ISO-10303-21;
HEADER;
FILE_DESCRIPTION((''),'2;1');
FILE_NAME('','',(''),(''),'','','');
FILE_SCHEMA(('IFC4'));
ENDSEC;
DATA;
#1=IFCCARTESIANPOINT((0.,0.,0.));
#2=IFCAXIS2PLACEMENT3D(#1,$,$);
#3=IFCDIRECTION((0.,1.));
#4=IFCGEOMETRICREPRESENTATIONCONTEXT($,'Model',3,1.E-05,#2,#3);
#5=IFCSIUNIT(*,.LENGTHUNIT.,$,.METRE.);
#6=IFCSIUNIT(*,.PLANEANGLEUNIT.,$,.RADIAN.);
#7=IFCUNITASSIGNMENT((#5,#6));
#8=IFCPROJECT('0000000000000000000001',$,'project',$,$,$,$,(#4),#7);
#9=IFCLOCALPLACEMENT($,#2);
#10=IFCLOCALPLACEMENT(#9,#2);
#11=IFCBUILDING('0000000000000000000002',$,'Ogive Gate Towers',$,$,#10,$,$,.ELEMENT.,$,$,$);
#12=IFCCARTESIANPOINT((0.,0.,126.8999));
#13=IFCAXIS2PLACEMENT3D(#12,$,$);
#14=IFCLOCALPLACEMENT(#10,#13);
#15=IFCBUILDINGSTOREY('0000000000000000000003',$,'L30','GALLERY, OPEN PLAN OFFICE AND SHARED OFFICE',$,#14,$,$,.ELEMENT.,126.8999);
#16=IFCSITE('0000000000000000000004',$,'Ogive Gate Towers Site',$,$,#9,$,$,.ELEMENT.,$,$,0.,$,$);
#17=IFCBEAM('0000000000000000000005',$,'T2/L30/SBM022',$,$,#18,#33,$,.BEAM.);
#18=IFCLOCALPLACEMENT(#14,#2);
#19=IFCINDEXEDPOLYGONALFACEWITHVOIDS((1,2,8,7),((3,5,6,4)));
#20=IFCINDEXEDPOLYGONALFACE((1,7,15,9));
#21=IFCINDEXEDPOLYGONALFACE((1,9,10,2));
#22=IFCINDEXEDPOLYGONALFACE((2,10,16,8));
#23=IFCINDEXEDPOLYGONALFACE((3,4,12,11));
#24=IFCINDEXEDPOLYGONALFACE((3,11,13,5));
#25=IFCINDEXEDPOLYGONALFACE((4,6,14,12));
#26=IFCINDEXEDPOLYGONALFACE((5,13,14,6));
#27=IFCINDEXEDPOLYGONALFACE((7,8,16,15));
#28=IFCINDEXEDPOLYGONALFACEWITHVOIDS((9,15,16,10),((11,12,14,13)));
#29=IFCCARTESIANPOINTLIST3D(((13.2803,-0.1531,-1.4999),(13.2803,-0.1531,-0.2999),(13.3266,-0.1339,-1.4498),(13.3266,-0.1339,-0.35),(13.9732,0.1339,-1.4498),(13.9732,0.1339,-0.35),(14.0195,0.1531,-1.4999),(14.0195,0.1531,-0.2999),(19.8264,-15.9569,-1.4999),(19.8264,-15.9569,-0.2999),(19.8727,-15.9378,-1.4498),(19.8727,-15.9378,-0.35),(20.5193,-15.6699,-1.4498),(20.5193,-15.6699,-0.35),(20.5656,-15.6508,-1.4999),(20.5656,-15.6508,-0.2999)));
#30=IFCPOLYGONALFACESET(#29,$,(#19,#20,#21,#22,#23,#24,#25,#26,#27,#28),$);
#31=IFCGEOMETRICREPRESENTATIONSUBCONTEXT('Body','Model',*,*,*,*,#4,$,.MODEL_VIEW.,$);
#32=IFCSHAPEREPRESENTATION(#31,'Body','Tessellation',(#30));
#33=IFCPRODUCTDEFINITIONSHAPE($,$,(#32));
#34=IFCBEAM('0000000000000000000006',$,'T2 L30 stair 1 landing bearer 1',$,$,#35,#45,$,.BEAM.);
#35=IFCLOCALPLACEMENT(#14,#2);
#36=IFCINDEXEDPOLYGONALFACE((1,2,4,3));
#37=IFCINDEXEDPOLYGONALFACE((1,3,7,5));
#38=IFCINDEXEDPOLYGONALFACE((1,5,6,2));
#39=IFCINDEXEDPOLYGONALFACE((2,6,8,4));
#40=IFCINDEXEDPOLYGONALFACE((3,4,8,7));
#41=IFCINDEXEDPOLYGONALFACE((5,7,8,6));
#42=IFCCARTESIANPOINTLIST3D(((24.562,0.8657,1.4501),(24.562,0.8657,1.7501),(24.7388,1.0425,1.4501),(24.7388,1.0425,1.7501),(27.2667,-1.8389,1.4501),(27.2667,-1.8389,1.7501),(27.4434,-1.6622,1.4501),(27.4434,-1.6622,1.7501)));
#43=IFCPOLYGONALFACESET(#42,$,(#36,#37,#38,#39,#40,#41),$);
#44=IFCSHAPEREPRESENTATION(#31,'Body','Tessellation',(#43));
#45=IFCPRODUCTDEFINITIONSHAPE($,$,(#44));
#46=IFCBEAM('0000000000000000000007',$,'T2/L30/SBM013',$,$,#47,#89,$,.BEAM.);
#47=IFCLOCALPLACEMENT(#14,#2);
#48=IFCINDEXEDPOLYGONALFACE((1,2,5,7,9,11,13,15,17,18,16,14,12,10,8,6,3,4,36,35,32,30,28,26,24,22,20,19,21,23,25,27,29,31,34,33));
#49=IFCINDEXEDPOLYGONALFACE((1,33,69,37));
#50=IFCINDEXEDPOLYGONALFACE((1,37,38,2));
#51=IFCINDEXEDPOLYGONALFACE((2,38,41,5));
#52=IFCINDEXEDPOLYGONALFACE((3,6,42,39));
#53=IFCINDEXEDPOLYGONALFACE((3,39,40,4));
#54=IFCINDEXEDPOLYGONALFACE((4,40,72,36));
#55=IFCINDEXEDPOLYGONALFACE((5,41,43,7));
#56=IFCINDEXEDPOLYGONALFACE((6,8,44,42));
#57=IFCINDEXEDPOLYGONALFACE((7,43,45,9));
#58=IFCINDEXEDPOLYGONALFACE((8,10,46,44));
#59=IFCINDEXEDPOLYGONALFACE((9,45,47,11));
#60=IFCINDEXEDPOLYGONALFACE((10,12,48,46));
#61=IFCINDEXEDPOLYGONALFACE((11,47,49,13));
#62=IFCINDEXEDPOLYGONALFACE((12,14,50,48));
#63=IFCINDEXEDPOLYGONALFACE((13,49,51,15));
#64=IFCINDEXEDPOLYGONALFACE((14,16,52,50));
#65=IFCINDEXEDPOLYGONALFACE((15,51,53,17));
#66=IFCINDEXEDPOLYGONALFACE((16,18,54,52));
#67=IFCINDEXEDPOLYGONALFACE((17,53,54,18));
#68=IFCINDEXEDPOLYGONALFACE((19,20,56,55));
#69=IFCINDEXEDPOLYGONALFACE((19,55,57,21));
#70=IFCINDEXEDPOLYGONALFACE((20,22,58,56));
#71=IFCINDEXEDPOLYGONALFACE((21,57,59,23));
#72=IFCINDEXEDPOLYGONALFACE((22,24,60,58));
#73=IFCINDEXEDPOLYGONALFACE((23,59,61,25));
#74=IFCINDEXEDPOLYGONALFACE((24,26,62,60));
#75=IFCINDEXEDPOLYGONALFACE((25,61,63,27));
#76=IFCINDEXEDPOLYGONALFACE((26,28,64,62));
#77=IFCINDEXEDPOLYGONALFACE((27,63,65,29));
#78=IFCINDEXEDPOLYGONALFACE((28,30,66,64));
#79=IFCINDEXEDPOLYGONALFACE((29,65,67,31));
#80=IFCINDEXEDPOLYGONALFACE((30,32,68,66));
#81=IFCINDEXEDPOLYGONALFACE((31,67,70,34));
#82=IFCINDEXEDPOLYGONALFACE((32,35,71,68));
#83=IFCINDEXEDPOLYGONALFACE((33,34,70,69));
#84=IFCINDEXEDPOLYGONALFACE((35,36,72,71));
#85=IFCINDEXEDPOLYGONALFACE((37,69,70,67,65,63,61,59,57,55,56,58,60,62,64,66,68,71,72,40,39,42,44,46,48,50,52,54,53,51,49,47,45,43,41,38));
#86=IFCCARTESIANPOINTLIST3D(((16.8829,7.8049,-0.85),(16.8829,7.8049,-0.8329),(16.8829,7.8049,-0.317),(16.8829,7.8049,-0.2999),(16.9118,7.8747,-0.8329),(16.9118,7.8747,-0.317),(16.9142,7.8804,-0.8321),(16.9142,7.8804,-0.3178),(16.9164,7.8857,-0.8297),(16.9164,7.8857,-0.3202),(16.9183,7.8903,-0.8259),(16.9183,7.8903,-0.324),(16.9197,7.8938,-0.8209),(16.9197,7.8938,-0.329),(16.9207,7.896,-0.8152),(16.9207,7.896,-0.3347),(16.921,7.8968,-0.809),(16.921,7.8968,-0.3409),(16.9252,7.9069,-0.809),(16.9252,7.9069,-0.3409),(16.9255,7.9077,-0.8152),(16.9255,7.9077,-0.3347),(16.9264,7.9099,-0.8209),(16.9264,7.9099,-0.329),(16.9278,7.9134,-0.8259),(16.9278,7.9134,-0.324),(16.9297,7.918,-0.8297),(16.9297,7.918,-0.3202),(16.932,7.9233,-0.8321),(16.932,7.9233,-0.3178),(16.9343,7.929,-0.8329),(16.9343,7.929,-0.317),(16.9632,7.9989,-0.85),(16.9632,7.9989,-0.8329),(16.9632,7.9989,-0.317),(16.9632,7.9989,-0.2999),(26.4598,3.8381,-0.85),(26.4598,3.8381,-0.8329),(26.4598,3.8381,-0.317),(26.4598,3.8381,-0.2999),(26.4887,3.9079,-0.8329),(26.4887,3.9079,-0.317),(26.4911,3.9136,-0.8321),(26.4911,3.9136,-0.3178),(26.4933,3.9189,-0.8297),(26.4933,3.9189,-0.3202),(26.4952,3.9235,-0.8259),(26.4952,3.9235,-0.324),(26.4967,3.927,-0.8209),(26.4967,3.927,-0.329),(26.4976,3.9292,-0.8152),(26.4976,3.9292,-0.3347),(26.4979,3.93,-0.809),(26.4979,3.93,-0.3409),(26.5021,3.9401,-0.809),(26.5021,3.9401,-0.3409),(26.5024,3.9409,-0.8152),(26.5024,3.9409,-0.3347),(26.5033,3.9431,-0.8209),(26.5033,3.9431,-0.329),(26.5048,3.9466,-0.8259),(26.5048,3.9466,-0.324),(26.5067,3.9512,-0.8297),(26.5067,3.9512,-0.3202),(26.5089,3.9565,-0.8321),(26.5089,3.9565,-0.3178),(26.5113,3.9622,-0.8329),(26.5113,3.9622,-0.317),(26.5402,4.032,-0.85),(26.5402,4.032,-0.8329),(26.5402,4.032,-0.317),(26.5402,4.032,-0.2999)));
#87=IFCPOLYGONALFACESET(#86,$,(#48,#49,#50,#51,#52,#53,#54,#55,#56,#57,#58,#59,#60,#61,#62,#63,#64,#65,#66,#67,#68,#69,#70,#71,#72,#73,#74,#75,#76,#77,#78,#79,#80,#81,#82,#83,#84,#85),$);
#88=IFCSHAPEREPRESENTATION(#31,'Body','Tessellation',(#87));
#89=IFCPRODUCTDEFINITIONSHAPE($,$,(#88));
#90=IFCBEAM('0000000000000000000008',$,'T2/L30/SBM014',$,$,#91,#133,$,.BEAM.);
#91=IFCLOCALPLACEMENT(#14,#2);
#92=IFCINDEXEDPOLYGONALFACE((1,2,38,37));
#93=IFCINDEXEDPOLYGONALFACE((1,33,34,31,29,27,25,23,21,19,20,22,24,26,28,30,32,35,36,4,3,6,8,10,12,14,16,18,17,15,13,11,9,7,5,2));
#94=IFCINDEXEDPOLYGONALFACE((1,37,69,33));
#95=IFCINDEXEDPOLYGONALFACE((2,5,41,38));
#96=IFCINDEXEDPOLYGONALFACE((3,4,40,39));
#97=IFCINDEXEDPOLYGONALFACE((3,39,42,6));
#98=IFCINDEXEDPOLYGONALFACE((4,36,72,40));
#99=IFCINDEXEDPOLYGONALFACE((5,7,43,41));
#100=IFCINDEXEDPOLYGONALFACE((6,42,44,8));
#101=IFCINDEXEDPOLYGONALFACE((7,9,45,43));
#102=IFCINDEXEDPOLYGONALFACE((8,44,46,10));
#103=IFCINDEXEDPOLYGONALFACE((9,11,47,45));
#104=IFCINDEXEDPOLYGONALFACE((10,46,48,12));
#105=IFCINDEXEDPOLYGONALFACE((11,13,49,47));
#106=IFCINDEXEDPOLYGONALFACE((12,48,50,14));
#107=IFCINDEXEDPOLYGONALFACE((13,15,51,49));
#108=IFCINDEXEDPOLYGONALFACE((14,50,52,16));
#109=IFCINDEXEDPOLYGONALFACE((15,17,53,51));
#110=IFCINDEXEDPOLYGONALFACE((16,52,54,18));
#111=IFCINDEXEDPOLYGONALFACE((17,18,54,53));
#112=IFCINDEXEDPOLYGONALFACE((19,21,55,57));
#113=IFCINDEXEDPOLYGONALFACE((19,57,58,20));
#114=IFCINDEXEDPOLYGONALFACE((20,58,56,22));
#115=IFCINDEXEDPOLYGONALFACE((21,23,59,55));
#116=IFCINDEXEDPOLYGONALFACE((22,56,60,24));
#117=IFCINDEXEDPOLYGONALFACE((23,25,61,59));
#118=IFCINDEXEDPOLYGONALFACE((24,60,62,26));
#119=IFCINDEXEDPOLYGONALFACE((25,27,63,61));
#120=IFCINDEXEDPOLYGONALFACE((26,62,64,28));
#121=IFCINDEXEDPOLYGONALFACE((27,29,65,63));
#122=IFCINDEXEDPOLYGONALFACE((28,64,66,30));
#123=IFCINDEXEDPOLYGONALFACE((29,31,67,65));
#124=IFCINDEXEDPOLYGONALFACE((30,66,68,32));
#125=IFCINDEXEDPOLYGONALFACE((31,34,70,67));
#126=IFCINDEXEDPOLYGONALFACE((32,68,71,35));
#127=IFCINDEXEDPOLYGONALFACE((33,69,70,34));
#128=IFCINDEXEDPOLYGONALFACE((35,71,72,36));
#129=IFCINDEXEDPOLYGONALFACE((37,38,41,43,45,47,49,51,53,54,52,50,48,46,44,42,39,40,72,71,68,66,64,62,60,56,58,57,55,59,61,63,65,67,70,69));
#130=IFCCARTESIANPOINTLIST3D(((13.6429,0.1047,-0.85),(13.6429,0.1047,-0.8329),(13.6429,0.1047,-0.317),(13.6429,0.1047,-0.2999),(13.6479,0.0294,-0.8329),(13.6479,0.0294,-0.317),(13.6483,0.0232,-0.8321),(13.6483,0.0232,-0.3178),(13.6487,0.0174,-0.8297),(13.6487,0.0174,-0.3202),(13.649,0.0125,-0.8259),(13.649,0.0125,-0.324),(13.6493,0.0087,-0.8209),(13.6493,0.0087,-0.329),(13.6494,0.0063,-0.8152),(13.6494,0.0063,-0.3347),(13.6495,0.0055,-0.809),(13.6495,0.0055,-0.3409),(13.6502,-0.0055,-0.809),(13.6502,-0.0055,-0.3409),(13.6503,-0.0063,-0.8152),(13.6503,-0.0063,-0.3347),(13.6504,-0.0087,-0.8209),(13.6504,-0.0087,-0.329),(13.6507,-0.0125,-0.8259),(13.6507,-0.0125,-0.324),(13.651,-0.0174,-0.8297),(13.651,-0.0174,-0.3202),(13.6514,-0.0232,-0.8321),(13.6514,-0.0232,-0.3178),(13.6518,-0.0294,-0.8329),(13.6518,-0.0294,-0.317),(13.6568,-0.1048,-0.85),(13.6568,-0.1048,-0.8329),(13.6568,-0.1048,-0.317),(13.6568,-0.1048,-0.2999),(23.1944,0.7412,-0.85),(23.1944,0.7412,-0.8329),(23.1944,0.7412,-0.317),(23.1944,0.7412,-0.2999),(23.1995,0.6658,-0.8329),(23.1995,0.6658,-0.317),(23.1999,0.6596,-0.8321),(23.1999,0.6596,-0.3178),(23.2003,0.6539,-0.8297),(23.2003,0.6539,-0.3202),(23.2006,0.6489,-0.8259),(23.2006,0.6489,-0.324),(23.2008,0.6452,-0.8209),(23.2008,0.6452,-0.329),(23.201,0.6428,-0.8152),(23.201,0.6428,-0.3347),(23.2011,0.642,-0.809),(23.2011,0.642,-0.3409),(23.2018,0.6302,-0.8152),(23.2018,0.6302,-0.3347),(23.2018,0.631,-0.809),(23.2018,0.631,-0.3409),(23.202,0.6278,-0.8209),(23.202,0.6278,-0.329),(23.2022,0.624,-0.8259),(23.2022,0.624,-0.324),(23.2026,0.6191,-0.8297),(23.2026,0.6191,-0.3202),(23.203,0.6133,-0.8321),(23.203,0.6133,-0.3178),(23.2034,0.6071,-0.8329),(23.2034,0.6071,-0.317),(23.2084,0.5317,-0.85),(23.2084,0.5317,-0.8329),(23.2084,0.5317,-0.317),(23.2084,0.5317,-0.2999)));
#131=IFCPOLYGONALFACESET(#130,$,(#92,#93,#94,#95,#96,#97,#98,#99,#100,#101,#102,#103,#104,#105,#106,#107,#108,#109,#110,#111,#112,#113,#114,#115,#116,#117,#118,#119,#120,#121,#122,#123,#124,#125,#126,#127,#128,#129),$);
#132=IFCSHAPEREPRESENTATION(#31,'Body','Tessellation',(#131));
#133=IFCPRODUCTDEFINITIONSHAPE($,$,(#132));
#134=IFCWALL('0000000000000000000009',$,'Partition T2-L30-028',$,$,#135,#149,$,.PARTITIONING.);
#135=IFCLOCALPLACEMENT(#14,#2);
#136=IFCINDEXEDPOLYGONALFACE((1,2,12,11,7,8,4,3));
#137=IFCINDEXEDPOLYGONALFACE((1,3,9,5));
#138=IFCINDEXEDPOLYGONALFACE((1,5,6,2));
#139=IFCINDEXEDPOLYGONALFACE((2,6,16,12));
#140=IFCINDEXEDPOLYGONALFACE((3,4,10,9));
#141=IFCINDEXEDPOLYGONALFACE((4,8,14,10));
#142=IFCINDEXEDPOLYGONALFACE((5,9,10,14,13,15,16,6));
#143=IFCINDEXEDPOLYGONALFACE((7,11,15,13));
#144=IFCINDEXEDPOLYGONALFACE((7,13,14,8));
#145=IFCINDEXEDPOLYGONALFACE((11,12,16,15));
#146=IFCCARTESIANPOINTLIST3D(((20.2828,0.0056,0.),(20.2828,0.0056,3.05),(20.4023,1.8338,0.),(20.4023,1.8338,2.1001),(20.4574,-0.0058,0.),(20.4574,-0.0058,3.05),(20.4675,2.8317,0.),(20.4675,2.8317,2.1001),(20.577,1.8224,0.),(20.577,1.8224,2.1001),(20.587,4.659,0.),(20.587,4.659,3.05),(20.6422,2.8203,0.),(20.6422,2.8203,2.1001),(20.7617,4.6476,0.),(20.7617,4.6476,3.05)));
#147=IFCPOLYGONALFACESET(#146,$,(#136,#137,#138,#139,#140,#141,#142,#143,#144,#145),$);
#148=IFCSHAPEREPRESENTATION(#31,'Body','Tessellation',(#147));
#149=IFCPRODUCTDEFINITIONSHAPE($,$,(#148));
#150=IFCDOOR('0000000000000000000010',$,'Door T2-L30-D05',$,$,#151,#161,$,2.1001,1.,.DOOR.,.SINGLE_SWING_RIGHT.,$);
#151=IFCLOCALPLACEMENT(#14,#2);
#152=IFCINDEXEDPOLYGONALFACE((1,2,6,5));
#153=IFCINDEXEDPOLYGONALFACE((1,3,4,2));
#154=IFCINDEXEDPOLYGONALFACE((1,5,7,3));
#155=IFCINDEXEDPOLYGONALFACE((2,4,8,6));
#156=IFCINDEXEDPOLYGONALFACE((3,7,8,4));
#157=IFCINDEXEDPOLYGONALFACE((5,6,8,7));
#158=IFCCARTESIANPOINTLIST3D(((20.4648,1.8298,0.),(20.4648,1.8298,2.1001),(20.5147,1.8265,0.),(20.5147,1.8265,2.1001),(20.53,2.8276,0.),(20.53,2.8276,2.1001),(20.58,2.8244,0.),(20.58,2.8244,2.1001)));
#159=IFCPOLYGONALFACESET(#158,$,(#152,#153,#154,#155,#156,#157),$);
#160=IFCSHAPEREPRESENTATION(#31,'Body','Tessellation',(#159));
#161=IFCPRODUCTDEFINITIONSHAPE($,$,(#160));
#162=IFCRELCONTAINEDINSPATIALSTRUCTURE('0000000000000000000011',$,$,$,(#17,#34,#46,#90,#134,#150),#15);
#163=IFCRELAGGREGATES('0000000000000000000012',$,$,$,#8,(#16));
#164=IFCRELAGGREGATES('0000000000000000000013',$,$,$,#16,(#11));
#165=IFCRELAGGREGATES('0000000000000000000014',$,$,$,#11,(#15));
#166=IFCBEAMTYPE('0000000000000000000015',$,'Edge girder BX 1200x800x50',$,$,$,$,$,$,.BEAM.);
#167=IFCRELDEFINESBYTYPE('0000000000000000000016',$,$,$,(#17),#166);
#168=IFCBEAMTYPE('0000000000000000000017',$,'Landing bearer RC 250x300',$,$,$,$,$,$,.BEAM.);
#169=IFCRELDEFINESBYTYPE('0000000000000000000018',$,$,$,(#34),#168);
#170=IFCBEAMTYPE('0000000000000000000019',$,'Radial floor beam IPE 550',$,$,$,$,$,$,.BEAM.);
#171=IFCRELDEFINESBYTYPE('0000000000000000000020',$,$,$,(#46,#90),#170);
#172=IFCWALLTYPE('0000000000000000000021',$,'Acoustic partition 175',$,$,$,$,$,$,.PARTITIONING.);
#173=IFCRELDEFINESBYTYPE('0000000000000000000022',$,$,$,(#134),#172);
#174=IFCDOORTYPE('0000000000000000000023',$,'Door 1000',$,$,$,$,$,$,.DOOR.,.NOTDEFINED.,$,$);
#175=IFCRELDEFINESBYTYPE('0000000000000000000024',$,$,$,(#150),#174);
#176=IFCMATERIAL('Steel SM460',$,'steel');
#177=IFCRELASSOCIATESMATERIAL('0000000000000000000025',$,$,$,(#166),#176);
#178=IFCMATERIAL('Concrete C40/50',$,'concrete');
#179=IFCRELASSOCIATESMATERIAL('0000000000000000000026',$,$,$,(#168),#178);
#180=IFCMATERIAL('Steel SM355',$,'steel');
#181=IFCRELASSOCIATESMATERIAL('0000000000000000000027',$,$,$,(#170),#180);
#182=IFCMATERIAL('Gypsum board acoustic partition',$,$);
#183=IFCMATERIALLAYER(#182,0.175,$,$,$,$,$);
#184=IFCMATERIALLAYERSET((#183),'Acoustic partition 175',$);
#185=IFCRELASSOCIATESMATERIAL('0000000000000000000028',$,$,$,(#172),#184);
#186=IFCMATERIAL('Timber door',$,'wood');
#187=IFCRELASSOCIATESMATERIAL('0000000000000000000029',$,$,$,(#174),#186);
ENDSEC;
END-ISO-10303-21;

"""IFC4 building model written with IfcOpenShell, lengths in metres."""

from ifc_helpers import new_model, si_unit, direction, frame, frame_2d, origin, origin_2d, place, context, subcontext, project, spatial, rectangle, hollow_rectangle, i_section, extrude, material, layer, layer_set, material_profile, profile_set, type_object, element, fill, save


model = new_model("IFC4")

# Units and contexts
model_context = context("Model", 3, precision=1e-05, world=origin(), true_north=direction((0.0, 1.0)))
body_context = subcontext(model_context, "Body", "Model", "MODEL_VIEW")
ifc_project = project(units=[si_unit("LENGTHUNIT", "METRE"), si_unit("PLANEANGLEUNIT", "RADIAN")], contexts=[model_context])

# Site, building, storey
site_placement = place(None, origin())
site = spatial("IfcSite", under=ifc_project, at=site_placement, Name="Ogive Gate Towers Site", CompositionType="ELEMENT", RefElevation=0.0)
building_placement = place(site_placement, origin())
building = spatial("IfcBuilding", under=site, at=building_placement, Name="Ogive Gate Towers", CompositionType="ELEMENT")
storey_placement = place(building_placement, frame((0.0, 0.0, 126.8999)))
storey = spatial("IfcBuildingStorey", under=building, at=storey_placement, Name="L30", Description="GALLERY, OPEN PLAN OFFICE AND SHARED OFFICE", CompositionType="ELEMENT", Elevation=126.8999)

# Beams
ifc_material_1 = material(Name="Steel SM460", Category="steel")
ifc_material_profile_1 = material_profile(ifc_material_1, hollow_rectangle(XDim=0.8, YDim=1.2, WallThickness=0.05, at=origin_2d()), Name="BX 1200x800x50")
ifc_profile_set_1 = profile_set([ifc_material_profile_1], Name="Steel SM460")
beam_type_1 = type_object("IfcBeamType", Name="Edge girder BX 1200x800x50", PredefinedType="BEAM", material=ifc_profile_set_1)
beam_1_placement = place(storey_placement, frame((13.6499, 0.0, -0.8999), z_axis=(0.38268, -0.923881, 0.0), x_axis=(0.923881, 0.38268, 0.0)))
element("IfcBeam", 1, at=beam_1_placement, inside=storey, type_object=beam_type_1, Name="T2/L30/SBM022", PredefinedType="BEAM", context=body_context, shape_type="SweptSolid", body=[
    extrude(hollow_rectangle(XDim=0.8, YDim=1.2, WallThickness=0.05, at=origin_2d()), origin(), (0.0, 0.0, 1.0), 17.106),
])
ifc_material_2 = material(Name="Concrete C40/50", Category="concrete")
ifc_material_profile_2 = material_profile(ifc_material_2, rectangle(XDim=0.25, YDim=0.3, at=origin_2d()), Name="RC 250x300")
ifc_profile_set_2 = profile_set([ifc_material_profile_2], Name="Concrete C40/50")
beam_type_2 = type_object("IfcBeamType", Name="Landing bearer RC 250x300", PredefinedType="BEAM", material=ifc_profile_set_2)
beam_2_placement = place(storey_placement, frame((24.6504, 0.9541, 1.6001), z_axis=(0.707107, -0.707107, 0.0), x_axis=(0.707107, 0.707107, 0.0)))
element("IfcBeam", 2, at=beam_2_placement, inside=storey, type_object=beam_type_2, Name="T2 L30 stair 1 landing bearer 1", PredefinedType="BEAM", context=body_context, shape_type="SweptSolid", body=[
    extrude(rectangle(XDim=0.25, YDim=0.3, at=origin_2d()), origin(), (0.0, 0.0, 1.0), 3.825),
])
ifc_material_3 = material(Name="Steel SM355", Category="steel")
ifc_material_profile_3 = material_profile(ifc_material_3, i_section(OverallWidth=0.21, OverallDepth=0.55, WebThickness=0.011, FlangeThickness=0.0171, FilletRadius=0.0239, at=origin_2d()), Name="IPE 550")
ifc_profile_set_3 = profile_set([ifc_material_profile_3], Name="Steel SM355")
beam_type_3 = type_object("IfcBeamType", Name="Radial floor beam IPE 550", PredefinedType="BEAM", material=ifc_profile_set_3)
beam_3_placement = place(storey_placement, frame((26.5, 3.9351, -0.575), z_axis=(-0.923882, 0.382676, 0.0), x_axis=(-0.382676, -0.923882, 0.0)))
element("IfcBeam", 3, at=beam_3_placement, inside=storey, type_object=beam_type_3, Name="T2/L30/SBM013", PredefinedType="BEAM", context=body_context, shape_type="SweptSolid", body=[
    extrude(i_section(OverallWidth=0.21, OverallDepth=0.55, WebThickness=0.011, FlangeThickness=0.0171, FilletRadius=0.0239, at=origin_2d()), origin(), (0.0, 0.0, 1.0), 10.366),
])
beam_4_placement = place(storey_placement, frame((23.2014, 0.6365, -0.575), z_axis=(-0.997787, -0.066489, 0.0), x_axis=(0.066489, -0.997787, 0.0)))
element("IfcBeam", 4, at=beam_4_placement, inside=storey, type_object=beam_type_3, Name="T2/L30/SBM014", PredefinedType="BEAM", context=body_context, shape_type="SweptSolid", body=[
    extrude(i_section(OverallWidth=0.21, OverallDepth=0.55, WebThickness=0.011, FlangeThickness=0.0171, FilletRadius=0.0239, at=origin_2d()), origin(), (0.0, 0.0, 1.0), 9.5728),
])

# Wall, opening, door
ifc_material_4 = material(Name="Gypsum board acoustic partition")
ifc_layer_1 = layer(ifc_material_4, 0.175)
ifc_layer_set_1 = layer_set([ifc_layer_1], Name="Acoustic partition 175")
wall_type_1 = type_object("IfcWallType", Name="Acoustic partition 175", PredefinedType="PARTITIONING", material=ifc_layer_set_1)
wall_1_placement = place(storey_placement, frame((20.3701, 0.0, 0.0), z_axis=(0.0, 0.0, 1.0), x_axis=(0.065233, 0.99787, 0.0)))
wall_1 = element("IfcWall", 5, at=wall_1_placement, inside=storey, type_object=wall_type_1, Name="Partition T2-L30-028", PredefinedType="PARTITIONING", context=body_context, shape_type="SweptSolid", body=[
    extrude(rectangle(XDim=4.6633, YDim=0.175, at=frame_2d((2.3315, 0.0))), origin(), (0.0, 0.0, 1.0), 3.05),
])
opening_1_placement = place(wall_1_placement, frame((1.832, 0.0, 0.0)))
opening_1 = element("IfcOpeningElement", 6, at=opening_1_placement, cuts=wall_1, PredefinedType="OPENING", context=body_context, shape_type="SweptSolid", body=[
    extrude(rectangle(XDim=1.0, YDim=2.1001, at=frame_2d((0.5, 1.05))), frame((0.0, 0.0977, 0.0), z_axis=(0.0, -1.0, 0.0), x_axis=(1.0, 0.0, 0.0)), (0.0, 0.0, 1.0), 0.1951),
])
ifc_material_5 = material(Name="Timber door", Category="wood")
door_type_1 = type_object("IfcDoorType", Name="Door 1000", OperationType="NOTDEFINED", PredefinedType="DOOR", material=ifc_material_5)
door_1_placement = place(opening_1_placement, origin())
door_1 = element("IfcDoor", 7, at=door_1_placement, inside=storey, type_object=door_type_1, Name="Door T2-L30-D05", OperationType="SINGLE_SWING_RIGHT", OverallHeight=2.1001, OverallWidth=1.0, PredefinedType="DOOR", context=body_context, shape_type="SweptSolid", body=[
    extrude(rectangle(XDim=1.0, YDim=2.1001, at=frame_2d((0.5, 1.05))), frame((0.0, 0.0249, 0.0), z_axis=(0.0, -1.0, 0.0), x_axis=(1.0, 0.0, 0.0)), (0.0, 0.0, 1.0), 0.05),
])
fill(opening_1, door_1)

save(model, "model.ifc")
